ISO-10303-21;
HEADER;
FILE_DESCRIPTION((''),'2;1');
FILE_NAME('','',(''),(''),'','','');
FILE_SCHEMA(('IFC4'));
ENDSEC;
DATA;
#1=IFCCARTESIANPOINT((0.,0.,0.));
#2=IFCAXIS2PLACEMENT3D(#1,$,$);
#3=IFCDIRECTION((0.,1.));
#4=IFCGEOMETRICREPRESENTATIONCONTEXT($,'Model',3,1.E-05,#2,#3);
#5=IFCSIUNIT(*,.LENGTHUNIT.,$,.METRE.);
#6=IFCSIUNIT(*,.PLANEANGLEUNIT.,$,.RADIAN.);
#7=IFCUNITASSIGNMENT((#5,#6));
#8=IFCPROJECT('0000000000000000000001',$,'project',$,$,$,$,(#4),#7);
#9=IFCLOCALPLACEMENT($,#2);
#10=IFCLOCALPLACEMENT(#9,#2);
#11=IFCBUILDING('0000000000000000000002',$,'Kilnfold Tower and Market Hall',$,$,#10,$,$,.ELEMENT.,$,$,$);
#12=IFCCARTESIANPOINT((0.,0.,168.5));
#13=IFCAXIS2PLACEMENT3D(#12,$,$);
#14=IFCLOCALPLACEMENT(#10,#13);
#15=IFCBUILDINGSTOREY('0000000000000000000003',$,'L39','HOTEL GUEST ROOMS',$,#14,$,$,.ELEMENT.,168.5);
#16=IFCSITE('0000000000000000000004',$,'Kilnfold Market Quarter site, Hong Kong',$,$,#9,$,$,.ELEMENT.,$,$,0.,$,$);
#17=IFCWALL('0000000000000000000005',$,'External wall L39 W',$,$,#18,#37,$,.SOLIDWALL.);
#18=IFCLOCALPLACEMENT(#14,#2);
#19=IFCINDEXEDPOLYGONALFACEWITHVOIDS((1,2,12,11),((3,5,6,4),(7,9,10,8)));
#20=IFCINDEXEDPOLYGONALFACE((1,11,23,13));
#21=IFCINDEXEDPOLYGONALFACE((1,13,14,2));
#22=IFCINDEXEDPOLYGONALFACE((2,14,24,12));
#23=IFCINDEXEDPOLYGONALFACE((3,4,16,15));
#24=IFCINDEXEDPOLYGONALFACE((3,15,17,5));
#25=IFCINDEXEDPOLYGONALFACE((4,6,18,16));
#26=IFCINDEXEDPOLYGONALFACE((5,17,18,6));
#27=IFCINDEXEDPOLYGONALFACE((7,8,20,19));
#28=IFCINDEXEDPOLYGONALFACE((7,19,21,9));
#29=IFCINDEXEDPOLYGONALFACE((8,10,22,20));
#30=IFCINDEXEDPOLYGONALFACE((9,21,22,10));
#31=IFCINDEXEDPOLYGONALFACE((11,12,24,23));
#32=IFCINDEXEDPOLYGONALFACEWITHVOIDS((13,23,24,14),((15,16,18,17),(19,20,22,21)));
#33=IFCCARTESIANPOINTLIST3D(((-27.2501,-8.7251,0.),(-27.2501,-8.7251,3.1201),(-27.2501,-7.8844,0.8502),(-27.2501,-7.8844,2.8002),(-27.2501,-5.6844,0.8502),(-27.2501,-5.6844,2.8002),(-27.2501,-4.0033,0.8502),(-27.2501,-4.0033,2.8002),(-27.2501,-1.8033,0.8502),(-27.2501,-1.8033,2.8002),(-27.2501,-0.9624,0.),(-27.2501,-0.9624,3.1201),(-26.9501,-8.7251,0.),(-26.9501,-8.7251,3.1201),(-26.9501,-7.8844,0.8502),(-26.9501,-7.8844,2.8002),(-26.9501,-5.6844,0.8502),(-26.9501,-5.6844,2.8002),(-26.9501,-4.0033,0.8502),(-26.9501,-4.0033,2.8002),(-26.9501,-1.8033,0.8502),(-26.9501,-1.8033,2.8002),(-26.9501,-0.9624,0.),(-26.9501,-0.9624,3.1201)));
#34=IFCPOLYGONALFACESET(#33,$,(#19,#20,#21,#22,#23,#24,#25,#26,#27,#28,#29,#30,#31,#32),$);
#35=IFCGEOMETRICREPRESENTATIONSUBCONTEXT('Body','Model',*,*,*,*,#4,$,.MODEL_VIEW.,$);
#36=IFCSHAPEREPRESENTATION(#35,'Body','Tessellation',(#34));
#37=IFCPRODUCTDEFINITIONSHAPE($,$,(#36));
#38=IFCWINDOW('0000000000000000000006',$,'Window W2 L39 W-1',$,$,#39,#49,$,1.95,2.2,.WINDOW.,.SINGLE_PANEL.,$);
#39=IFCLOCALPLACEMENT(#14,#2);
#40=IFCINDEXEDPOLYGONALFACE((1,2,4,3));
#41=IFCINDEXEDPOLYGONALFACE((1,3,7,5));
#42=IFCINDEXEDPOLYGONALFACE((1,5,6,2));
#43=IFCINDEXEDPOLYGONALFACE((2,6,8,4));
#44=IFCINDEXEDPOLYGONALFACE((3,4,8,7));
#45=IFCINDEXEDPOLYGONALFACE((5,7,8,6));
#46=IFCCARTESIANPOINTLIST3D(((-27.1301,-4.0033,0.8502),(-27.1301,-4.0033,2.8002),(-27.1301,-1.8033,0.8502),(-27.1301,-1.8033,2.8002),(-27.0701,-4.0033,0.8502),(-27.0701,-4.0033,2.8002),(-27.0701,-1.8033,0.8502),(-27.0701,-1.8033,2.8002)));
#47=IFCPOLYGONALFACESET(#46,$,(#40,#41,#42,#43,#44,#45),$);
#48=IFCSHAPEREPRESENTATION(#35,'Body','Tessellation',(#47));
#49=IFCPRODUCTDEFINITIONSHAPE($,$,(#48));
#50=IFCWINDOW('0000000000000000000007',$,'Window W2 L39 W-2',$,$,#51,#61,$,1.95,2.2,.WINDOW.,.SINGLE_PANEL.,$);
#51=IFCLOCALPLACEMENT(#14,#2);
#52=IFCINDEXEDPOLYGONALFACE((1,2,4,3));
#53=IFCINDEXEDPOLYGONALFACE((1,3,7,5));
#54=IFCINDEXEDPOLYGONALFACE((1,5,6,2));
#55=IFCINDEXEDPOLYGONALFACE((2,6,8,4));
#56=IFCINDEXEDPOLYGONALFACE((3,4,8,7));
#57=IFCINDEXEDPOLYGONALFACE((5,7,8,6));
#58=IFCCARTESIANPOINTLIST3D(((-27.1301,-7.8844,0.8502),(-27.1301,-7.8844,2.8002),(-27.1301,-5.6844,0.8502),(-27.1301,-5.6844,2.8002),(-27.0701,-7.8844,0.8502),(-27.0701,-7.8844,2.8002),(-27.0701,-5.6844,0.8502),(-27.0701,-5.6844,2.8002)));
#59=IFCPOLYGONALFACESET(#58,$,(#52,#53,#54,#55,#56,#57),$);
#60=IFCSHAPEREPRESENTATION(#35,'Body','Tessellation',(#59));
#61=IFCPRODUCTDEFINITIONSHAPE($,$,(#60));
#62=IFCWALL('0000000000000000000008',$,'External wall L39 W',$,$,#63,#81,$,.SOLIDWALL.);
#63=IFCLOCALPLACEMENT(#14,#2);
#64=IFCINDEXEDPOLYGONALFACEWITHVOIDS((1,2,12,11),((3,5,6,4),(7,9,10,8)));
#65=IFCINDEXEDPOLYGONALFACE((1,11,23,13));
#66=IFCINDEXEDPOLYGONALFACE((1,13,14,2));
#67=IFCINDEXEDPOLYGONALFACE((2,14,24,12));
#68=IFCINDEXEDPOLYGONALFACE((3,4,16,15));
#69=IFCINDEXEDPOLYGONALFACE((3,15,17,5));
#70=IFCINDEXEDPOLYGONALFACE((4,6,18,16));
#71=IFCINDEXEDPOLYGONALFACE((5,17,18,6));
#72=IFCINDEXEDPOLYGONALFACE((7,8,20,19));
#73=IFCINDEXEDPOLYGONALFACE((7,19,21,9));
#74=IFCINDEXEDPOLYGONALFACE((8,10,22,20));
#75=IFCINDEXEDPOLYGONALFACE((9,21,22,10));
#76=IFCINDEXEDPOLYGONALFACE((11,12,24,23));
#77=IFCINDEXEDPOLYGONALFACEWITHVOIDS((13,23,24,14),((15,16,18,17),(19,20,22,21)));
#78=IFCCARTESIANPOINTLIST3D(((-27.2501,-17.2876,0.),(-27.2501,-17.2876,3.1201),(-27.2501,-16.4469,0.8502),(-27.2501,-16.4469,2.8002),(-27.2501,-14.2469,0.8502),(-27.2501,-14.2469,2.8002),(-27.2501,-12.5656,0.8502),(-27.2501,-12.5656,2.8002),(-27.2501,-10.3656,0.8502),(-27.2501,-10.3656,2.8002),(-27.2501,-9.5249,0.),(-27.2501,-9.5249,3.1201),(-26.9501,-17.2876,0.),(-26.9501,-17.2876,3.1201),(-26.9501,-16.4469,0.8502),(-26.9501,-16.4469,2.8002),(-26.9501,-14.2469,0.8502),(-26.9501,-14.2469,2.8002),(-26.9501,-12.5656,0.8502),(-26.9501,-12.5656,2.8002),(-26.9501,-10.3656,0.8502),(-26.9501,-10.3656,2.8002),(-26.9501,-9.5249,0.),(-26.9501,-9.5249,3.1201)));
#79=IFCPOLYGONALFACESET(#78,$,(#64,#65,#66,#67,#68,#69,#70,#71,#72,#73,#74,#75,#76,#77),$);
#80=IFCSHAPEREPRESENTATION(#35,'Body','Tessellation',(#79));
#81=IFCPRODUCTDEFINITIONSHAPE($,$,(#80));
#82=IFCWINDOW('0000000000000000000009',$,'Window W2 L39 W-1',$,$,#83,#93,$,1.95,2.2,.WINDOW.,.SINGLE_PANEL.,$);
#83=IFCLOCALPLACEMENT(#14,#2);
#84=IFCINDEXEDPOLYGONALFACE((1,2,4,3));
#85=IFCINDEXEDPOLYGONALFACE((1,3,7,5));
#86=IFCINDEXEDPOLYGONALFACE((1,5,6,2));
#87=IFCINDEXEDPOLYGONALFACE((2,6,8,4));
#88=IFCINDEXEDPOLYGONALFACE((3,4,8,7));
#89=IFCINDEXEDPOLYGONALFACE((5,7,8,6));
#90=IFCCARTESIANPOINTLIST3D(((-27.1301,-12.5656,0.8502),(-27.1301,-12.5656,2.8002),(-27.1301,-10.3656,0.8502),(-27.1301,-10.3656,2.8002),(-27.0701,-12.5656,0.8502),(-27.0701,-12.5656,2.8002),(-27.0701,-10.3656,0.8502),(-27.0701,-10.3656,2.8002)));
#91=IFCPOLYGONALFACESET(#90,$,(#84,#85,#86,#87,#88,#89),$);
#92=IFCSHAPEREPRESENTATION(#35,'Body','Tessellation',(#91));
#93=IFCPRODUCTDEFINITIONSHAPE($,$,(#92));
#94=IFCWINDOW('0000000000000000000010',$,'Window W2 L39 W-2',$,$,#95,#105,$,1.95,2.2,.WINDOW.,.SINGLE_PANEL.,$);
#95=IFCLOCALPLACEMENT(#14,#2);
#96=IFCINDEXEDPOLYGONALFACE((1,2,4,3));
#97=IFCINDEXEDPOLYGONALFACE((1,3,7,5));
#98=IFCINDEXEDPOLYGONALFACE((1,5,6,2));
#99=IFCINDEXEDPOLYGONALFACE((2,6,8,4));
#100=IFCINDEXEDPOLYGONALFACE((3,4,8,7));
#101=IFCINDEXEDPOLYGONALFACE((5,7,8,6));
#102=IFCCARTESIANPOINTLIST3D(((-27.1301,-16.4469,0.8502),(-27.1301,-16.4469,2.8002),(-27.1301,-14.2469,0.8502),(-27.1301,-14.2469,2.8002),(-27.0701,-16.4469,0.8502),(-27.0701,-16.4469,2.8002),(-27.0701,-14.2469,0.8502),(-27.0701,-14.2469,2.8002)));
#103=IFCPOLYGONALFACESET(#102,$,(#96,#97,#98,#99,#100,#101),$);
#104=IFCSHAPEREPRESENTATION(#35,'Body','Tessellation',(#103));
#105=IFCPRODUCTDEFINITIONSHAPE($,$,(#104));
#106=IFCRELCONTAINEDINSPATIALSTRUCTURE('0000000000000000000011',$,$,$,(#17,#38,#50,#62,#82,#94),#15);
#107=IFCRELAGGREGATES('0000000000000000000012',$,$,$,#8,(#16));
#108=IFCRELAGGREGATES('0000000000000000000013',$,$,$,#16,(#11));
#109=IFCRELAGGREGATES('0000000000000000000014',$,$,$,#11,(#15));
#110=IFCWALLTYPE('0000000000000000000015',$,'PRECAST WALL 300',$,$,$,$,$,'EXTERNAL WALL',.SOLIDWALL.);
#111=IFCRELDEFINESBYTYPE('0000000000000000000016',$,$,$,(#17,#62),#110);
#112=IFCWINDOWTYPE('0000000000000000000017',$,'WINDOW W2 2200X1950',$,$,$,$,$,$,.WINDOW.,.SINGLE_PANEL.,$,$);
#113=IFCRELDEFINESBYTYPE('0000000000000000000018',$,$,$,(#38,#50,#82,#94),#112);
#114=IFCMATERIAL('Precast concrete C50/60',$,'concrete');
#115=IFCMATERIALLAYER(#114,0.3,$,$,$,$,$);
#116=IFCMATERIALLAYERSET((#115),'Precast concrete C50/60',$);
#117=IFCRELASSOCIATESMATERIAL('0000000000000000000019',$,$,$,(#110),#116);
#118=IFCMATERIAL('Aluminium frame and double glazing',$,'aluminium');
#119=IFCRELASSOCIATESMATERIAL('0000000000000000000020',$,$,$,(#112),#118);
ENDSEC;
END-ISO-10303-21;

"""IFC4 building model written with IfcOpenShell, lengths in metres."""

from ifc_helpers import new_model, si_unit, direction, frame, frame_2d, origin, place, context, subcontext, project, spatial, rectangle, extrude, source, transform, mapped, material, layer, layer_set, type_object, element, fill, save


model = new_model("IFC4")

# Units and contexts
model_context = context("Model", 3, precision=1e-05, world=origin(), true_north=direction((0.0, 1.0)))
body_context = subcontext(model_context, "Body", "Model", "MODEL_VIEW")
ifc_project = project(units=[si_unit("LENGTHUNIT", "METRE"), si_unit("PLANEANGLEUNIT", "RADIAN")], contexts=[model_context])

# Site, building, storey
site_placement = place(None, origin())
site = spatial("IfcSite", under=ifc_project, at=site_placement, Name="Kilnfold Market Quarter site, Hong Kong", CompositionType="ELEMENT", RefElevation=0.0)
building_placement = place(site_placement, origin())
building = spatial("IfcBuilding", under=site, at=building_placement, Name="Kilnfold Tower and Market Hall", CompositionType="ELEMENT")
storey_placement = place(building_placement, frame((0.0, 0.0, 168.5)))
storey = spatial("IfcBuildingStorey", under=building, at=storey_placement, Name="L39", Description="HOTEL GUEST ROOMS", CompositionType="ELEMENT", Elevation=168.5)

# Walls, openings, windows
ifc_material_1 = material(Name="Precast concrete C50/60", Category="concrete")
ifc_layer_1 = layer(ifc_material_1, 0.3)
ifc_layer_set_1 = layer_set([ifc_layer_1], Name="Precast concrete C50/60")
wall_type_1 = type_object("IfcWallType", Name="PRECAST WALL 300", ElementType="EXTERNAL WALL", PredefinedType="SOLIDWALL", material=ifc_layer_set_1)
shared_shape_1 = source(origin(), body_context, "Body", "SweptSolid", [
    extrude(rectangle(XDim=7.7627, YDim=0.3, at=frame_2d((3.8813, 0.0))), origin(), (0.0, 0.0, 1.0), 3.1201),
])
wall_1_placement = place(storey_placement, frame((-27.1001, -0.9624, 0.0), z_axis=(0.0, 0.0, 1.0), x_axis=(0.0, -1.0, 0.0)))
wall_1 = element("IfcWall", 1, at=wall_1_placement, inside=storey, type_object=wall_type_1, Name="External wall L39 W", PredefinedType="SOLIDWALL", context=body_context, shape_type="MappedRepresentation", body=[
    mapped(shared_shape_1, transform((0.0, 0.0, 0.0))),
])
opening_1_placement = place(wall_1_placement, frame((0.8408, 0.0, 0.8501)))
opening_1 = element("IfcOpeningElement", 2, at=opening_1_placement, cuts=wall_1, PredefinedType="OPENING", context=body_context, shape_type="SweptSolid", body=[
    extrude(rectangle(XDim=2.2, YDim=1.95, at=frame_2d((1.1001, 0.9751))), frame((0.0, 0.1602, 0.0), z_axis=(0.0, -1.0, 0.0), x_axis=(1.0, 0.0, 0.0)), (0.0, 0.0, 1.0), 0.3201),
])
opening_2_placement = place(wall_1_placement, frame((4.7219, 0.0, 0.8501)))
opening_2 = element("IfcOpeningElement", 3, at=opening_2_placement, cuts=wall_1, PredefinedType="OPENING", context=body_context, shape_type="SweptSolid", body=[
    extrude(rectangle(XDim=2.2, YDim=1.95, at=frame_2d((1.1001, 0.9751))), frame((0.0, 0.1602, 0.0), z_axis=(0.0, -1.0, 0.0), x_axis=(1.0, 0.0, 0.0)), (0.0, 0.0, 1.0), 0.3201),
])
ifc_material_2 = material(Name="Aluminium frame and double glazing", Category="aluminium")
window_type = type_object("IfcWindowType", Name="WINDOW W2 2200X1950", PartitioningType="SINGLE_PANEL", PredefinedType="WINDOW", material=ifc_material_2)
window_1_placement = place(opening_1_placement, origin())
window_1 = element("IfcWindow", 4, at=window_1_placement, inside=storey, type_object=window_type, Name="Window W2 L39 W-1", OverallHeight=1.95, OverallWidth=2.2, PartitioningType="SINGLE_PANEL", PredefinedType="WINDOW", context=body_context, shape_type="SweptSolid", body=[
    extrude(rectangle(XDim=2.2, YDim=1.95, at=frame_2d((1.1001, 0.9751))), frame((0.0, 0.03, 0.0), z_axis=(0.0, -1.0, 0.0), x_axis=(1.0, 0.0, 0.0)), (0.0, 0.0, 1.0), 0.0601),
])
fill(opening_1, window_1)
window_2_placement = place(opening_2_placement, origin())
window_2 = element("IfcWindow", 5, at=window_2_placement, inside=storey, type_object=window_type, Name="Window W2 L39 W-2", OverallHeight=1.95, OverallWidth=2.2, PartitioningType="SINGLE_PANEL", PredefinedType="WINDOW", context=body_context, shape_type="SweptSolid", body=[
    extrude(rectangle(XDim=2.2, YDim=1.95, at=frame_2d((1.1001, 0.9751))), frame((0.0, 0.03, 0.0), z_axis=(0.0, -1.0, 0.0), x_axis=(1.0, 0.0, 0.0)), (0.0, 0.0, 1.0), 0.0601),
])
fill(opening_2, window_2)
wall_2_placement = place(storey_placement, frame((-27.1001, -9.5249, 0.0), z_axis=(0.0, 0.0, 1.0), x_axis=(0.0, -1.0, 0.0)))
wall_2 = element("IfcWall", 6, at=wall_2_placement, inside=storey, type_object=wall_type_1, Name="External wall L39 W", PredefinedType="SOLIDWALL", context=body_context, shape_type="MappedRepresentation", body=[
    mapped(shared_shape_1, transform((0.0, 0.0, 0.0))),
])
opening_3_placement = place(wall_2_placement, frame((0.8406, 0.0, 0.8501)))
opening_3 = element("IfcOpeningElement", 7, at=opening_3_placement, cuts=wall_2, PredefinedType="OPENING", context=body_context, shape_type="SweptSolid", body=[
    extrude(rectangle(XDim=2.2, YDim=1.95, at=frame_2d((1.1001, 0.9751))), frame((0.0, 0.1602, 0.0), z_axis=(0.0, -1.0, 0.0), x_axis=(1.0, 0.0, 0.0)), (0.0, 0.0, 1.0), 0.3201),
])
opening_4_placement = place(wall_2_placement, frame((4.7219, 0.0, 0.8501)))
opening_4 = element("IfcOpeningElement", 8, at=opening_4_placement, cuts=wall_2, PredefinedType="OPENING", context=body_context, shape_type="SweptSolid", body=[
    extrude(rectangle(XDim=2.2, YDim=1.95, at=frame_2d((1.1001, 0.9751))), frame((0.0, 0.1602, 0.0), z_axis=(0.0, -1.0, 0.0), x_axis=(1.0, 0.0, 0.0)), (0.0, 0.0, 1.0), 0.3201),
])
window_3_placement = place(opening_3_placement, origin())
window_3 = element("IfcWindow", 9, at=window_3_placement, inside=storey, type_object=window_type, Name="Window W2 L39 W-1", OverallHeight=1.95, OverallWidth=2.2, PartitioningType="SINGLE_PANEL", PredefinedType="WINDOW", context=body_context, shape_type="SweptSolid", body=[
    extrude(rectangle(XDim=2.2, YDim=1.95, at=frame_2d((1.1001, 0.9751))), frame((0.0, 0.03, 0.0), z_axis=(0.0, -1.0, 0.0), x_axis=(1.0, 0.0, 0.0)), (0.0, 0.0, 1.0), 0.0601),
])
fill(opening_3, window_3)
window_4_placement = place(opening_4_placement, origin())
window_4 = element("IfcWindow", 10, at=window_4_placement, inside=storey, type_object=window_type, Name="Window W2 L39 W-2", OverallHeight=1.95, OverallWidth=2.2, PartitioningType="SINGLE_PANEL", PredefinedType="WINDOW", context=body_context, shape_type="SweptSolid", body=[
    extrude(rectangle(XDim=2.2, YDim=1.95, at=frame_2d((1.1001, 0.9751))), frame((0.0, 0.03, 0.0), z_axis=(0.0, -1.0, 0.0), x_axis=(1.0, 0.0, 0.0)), (0.0, 0.0, 1.0), 0.0601),
])
fill(opening_4, window_4)

save(model, "model.ifc")
